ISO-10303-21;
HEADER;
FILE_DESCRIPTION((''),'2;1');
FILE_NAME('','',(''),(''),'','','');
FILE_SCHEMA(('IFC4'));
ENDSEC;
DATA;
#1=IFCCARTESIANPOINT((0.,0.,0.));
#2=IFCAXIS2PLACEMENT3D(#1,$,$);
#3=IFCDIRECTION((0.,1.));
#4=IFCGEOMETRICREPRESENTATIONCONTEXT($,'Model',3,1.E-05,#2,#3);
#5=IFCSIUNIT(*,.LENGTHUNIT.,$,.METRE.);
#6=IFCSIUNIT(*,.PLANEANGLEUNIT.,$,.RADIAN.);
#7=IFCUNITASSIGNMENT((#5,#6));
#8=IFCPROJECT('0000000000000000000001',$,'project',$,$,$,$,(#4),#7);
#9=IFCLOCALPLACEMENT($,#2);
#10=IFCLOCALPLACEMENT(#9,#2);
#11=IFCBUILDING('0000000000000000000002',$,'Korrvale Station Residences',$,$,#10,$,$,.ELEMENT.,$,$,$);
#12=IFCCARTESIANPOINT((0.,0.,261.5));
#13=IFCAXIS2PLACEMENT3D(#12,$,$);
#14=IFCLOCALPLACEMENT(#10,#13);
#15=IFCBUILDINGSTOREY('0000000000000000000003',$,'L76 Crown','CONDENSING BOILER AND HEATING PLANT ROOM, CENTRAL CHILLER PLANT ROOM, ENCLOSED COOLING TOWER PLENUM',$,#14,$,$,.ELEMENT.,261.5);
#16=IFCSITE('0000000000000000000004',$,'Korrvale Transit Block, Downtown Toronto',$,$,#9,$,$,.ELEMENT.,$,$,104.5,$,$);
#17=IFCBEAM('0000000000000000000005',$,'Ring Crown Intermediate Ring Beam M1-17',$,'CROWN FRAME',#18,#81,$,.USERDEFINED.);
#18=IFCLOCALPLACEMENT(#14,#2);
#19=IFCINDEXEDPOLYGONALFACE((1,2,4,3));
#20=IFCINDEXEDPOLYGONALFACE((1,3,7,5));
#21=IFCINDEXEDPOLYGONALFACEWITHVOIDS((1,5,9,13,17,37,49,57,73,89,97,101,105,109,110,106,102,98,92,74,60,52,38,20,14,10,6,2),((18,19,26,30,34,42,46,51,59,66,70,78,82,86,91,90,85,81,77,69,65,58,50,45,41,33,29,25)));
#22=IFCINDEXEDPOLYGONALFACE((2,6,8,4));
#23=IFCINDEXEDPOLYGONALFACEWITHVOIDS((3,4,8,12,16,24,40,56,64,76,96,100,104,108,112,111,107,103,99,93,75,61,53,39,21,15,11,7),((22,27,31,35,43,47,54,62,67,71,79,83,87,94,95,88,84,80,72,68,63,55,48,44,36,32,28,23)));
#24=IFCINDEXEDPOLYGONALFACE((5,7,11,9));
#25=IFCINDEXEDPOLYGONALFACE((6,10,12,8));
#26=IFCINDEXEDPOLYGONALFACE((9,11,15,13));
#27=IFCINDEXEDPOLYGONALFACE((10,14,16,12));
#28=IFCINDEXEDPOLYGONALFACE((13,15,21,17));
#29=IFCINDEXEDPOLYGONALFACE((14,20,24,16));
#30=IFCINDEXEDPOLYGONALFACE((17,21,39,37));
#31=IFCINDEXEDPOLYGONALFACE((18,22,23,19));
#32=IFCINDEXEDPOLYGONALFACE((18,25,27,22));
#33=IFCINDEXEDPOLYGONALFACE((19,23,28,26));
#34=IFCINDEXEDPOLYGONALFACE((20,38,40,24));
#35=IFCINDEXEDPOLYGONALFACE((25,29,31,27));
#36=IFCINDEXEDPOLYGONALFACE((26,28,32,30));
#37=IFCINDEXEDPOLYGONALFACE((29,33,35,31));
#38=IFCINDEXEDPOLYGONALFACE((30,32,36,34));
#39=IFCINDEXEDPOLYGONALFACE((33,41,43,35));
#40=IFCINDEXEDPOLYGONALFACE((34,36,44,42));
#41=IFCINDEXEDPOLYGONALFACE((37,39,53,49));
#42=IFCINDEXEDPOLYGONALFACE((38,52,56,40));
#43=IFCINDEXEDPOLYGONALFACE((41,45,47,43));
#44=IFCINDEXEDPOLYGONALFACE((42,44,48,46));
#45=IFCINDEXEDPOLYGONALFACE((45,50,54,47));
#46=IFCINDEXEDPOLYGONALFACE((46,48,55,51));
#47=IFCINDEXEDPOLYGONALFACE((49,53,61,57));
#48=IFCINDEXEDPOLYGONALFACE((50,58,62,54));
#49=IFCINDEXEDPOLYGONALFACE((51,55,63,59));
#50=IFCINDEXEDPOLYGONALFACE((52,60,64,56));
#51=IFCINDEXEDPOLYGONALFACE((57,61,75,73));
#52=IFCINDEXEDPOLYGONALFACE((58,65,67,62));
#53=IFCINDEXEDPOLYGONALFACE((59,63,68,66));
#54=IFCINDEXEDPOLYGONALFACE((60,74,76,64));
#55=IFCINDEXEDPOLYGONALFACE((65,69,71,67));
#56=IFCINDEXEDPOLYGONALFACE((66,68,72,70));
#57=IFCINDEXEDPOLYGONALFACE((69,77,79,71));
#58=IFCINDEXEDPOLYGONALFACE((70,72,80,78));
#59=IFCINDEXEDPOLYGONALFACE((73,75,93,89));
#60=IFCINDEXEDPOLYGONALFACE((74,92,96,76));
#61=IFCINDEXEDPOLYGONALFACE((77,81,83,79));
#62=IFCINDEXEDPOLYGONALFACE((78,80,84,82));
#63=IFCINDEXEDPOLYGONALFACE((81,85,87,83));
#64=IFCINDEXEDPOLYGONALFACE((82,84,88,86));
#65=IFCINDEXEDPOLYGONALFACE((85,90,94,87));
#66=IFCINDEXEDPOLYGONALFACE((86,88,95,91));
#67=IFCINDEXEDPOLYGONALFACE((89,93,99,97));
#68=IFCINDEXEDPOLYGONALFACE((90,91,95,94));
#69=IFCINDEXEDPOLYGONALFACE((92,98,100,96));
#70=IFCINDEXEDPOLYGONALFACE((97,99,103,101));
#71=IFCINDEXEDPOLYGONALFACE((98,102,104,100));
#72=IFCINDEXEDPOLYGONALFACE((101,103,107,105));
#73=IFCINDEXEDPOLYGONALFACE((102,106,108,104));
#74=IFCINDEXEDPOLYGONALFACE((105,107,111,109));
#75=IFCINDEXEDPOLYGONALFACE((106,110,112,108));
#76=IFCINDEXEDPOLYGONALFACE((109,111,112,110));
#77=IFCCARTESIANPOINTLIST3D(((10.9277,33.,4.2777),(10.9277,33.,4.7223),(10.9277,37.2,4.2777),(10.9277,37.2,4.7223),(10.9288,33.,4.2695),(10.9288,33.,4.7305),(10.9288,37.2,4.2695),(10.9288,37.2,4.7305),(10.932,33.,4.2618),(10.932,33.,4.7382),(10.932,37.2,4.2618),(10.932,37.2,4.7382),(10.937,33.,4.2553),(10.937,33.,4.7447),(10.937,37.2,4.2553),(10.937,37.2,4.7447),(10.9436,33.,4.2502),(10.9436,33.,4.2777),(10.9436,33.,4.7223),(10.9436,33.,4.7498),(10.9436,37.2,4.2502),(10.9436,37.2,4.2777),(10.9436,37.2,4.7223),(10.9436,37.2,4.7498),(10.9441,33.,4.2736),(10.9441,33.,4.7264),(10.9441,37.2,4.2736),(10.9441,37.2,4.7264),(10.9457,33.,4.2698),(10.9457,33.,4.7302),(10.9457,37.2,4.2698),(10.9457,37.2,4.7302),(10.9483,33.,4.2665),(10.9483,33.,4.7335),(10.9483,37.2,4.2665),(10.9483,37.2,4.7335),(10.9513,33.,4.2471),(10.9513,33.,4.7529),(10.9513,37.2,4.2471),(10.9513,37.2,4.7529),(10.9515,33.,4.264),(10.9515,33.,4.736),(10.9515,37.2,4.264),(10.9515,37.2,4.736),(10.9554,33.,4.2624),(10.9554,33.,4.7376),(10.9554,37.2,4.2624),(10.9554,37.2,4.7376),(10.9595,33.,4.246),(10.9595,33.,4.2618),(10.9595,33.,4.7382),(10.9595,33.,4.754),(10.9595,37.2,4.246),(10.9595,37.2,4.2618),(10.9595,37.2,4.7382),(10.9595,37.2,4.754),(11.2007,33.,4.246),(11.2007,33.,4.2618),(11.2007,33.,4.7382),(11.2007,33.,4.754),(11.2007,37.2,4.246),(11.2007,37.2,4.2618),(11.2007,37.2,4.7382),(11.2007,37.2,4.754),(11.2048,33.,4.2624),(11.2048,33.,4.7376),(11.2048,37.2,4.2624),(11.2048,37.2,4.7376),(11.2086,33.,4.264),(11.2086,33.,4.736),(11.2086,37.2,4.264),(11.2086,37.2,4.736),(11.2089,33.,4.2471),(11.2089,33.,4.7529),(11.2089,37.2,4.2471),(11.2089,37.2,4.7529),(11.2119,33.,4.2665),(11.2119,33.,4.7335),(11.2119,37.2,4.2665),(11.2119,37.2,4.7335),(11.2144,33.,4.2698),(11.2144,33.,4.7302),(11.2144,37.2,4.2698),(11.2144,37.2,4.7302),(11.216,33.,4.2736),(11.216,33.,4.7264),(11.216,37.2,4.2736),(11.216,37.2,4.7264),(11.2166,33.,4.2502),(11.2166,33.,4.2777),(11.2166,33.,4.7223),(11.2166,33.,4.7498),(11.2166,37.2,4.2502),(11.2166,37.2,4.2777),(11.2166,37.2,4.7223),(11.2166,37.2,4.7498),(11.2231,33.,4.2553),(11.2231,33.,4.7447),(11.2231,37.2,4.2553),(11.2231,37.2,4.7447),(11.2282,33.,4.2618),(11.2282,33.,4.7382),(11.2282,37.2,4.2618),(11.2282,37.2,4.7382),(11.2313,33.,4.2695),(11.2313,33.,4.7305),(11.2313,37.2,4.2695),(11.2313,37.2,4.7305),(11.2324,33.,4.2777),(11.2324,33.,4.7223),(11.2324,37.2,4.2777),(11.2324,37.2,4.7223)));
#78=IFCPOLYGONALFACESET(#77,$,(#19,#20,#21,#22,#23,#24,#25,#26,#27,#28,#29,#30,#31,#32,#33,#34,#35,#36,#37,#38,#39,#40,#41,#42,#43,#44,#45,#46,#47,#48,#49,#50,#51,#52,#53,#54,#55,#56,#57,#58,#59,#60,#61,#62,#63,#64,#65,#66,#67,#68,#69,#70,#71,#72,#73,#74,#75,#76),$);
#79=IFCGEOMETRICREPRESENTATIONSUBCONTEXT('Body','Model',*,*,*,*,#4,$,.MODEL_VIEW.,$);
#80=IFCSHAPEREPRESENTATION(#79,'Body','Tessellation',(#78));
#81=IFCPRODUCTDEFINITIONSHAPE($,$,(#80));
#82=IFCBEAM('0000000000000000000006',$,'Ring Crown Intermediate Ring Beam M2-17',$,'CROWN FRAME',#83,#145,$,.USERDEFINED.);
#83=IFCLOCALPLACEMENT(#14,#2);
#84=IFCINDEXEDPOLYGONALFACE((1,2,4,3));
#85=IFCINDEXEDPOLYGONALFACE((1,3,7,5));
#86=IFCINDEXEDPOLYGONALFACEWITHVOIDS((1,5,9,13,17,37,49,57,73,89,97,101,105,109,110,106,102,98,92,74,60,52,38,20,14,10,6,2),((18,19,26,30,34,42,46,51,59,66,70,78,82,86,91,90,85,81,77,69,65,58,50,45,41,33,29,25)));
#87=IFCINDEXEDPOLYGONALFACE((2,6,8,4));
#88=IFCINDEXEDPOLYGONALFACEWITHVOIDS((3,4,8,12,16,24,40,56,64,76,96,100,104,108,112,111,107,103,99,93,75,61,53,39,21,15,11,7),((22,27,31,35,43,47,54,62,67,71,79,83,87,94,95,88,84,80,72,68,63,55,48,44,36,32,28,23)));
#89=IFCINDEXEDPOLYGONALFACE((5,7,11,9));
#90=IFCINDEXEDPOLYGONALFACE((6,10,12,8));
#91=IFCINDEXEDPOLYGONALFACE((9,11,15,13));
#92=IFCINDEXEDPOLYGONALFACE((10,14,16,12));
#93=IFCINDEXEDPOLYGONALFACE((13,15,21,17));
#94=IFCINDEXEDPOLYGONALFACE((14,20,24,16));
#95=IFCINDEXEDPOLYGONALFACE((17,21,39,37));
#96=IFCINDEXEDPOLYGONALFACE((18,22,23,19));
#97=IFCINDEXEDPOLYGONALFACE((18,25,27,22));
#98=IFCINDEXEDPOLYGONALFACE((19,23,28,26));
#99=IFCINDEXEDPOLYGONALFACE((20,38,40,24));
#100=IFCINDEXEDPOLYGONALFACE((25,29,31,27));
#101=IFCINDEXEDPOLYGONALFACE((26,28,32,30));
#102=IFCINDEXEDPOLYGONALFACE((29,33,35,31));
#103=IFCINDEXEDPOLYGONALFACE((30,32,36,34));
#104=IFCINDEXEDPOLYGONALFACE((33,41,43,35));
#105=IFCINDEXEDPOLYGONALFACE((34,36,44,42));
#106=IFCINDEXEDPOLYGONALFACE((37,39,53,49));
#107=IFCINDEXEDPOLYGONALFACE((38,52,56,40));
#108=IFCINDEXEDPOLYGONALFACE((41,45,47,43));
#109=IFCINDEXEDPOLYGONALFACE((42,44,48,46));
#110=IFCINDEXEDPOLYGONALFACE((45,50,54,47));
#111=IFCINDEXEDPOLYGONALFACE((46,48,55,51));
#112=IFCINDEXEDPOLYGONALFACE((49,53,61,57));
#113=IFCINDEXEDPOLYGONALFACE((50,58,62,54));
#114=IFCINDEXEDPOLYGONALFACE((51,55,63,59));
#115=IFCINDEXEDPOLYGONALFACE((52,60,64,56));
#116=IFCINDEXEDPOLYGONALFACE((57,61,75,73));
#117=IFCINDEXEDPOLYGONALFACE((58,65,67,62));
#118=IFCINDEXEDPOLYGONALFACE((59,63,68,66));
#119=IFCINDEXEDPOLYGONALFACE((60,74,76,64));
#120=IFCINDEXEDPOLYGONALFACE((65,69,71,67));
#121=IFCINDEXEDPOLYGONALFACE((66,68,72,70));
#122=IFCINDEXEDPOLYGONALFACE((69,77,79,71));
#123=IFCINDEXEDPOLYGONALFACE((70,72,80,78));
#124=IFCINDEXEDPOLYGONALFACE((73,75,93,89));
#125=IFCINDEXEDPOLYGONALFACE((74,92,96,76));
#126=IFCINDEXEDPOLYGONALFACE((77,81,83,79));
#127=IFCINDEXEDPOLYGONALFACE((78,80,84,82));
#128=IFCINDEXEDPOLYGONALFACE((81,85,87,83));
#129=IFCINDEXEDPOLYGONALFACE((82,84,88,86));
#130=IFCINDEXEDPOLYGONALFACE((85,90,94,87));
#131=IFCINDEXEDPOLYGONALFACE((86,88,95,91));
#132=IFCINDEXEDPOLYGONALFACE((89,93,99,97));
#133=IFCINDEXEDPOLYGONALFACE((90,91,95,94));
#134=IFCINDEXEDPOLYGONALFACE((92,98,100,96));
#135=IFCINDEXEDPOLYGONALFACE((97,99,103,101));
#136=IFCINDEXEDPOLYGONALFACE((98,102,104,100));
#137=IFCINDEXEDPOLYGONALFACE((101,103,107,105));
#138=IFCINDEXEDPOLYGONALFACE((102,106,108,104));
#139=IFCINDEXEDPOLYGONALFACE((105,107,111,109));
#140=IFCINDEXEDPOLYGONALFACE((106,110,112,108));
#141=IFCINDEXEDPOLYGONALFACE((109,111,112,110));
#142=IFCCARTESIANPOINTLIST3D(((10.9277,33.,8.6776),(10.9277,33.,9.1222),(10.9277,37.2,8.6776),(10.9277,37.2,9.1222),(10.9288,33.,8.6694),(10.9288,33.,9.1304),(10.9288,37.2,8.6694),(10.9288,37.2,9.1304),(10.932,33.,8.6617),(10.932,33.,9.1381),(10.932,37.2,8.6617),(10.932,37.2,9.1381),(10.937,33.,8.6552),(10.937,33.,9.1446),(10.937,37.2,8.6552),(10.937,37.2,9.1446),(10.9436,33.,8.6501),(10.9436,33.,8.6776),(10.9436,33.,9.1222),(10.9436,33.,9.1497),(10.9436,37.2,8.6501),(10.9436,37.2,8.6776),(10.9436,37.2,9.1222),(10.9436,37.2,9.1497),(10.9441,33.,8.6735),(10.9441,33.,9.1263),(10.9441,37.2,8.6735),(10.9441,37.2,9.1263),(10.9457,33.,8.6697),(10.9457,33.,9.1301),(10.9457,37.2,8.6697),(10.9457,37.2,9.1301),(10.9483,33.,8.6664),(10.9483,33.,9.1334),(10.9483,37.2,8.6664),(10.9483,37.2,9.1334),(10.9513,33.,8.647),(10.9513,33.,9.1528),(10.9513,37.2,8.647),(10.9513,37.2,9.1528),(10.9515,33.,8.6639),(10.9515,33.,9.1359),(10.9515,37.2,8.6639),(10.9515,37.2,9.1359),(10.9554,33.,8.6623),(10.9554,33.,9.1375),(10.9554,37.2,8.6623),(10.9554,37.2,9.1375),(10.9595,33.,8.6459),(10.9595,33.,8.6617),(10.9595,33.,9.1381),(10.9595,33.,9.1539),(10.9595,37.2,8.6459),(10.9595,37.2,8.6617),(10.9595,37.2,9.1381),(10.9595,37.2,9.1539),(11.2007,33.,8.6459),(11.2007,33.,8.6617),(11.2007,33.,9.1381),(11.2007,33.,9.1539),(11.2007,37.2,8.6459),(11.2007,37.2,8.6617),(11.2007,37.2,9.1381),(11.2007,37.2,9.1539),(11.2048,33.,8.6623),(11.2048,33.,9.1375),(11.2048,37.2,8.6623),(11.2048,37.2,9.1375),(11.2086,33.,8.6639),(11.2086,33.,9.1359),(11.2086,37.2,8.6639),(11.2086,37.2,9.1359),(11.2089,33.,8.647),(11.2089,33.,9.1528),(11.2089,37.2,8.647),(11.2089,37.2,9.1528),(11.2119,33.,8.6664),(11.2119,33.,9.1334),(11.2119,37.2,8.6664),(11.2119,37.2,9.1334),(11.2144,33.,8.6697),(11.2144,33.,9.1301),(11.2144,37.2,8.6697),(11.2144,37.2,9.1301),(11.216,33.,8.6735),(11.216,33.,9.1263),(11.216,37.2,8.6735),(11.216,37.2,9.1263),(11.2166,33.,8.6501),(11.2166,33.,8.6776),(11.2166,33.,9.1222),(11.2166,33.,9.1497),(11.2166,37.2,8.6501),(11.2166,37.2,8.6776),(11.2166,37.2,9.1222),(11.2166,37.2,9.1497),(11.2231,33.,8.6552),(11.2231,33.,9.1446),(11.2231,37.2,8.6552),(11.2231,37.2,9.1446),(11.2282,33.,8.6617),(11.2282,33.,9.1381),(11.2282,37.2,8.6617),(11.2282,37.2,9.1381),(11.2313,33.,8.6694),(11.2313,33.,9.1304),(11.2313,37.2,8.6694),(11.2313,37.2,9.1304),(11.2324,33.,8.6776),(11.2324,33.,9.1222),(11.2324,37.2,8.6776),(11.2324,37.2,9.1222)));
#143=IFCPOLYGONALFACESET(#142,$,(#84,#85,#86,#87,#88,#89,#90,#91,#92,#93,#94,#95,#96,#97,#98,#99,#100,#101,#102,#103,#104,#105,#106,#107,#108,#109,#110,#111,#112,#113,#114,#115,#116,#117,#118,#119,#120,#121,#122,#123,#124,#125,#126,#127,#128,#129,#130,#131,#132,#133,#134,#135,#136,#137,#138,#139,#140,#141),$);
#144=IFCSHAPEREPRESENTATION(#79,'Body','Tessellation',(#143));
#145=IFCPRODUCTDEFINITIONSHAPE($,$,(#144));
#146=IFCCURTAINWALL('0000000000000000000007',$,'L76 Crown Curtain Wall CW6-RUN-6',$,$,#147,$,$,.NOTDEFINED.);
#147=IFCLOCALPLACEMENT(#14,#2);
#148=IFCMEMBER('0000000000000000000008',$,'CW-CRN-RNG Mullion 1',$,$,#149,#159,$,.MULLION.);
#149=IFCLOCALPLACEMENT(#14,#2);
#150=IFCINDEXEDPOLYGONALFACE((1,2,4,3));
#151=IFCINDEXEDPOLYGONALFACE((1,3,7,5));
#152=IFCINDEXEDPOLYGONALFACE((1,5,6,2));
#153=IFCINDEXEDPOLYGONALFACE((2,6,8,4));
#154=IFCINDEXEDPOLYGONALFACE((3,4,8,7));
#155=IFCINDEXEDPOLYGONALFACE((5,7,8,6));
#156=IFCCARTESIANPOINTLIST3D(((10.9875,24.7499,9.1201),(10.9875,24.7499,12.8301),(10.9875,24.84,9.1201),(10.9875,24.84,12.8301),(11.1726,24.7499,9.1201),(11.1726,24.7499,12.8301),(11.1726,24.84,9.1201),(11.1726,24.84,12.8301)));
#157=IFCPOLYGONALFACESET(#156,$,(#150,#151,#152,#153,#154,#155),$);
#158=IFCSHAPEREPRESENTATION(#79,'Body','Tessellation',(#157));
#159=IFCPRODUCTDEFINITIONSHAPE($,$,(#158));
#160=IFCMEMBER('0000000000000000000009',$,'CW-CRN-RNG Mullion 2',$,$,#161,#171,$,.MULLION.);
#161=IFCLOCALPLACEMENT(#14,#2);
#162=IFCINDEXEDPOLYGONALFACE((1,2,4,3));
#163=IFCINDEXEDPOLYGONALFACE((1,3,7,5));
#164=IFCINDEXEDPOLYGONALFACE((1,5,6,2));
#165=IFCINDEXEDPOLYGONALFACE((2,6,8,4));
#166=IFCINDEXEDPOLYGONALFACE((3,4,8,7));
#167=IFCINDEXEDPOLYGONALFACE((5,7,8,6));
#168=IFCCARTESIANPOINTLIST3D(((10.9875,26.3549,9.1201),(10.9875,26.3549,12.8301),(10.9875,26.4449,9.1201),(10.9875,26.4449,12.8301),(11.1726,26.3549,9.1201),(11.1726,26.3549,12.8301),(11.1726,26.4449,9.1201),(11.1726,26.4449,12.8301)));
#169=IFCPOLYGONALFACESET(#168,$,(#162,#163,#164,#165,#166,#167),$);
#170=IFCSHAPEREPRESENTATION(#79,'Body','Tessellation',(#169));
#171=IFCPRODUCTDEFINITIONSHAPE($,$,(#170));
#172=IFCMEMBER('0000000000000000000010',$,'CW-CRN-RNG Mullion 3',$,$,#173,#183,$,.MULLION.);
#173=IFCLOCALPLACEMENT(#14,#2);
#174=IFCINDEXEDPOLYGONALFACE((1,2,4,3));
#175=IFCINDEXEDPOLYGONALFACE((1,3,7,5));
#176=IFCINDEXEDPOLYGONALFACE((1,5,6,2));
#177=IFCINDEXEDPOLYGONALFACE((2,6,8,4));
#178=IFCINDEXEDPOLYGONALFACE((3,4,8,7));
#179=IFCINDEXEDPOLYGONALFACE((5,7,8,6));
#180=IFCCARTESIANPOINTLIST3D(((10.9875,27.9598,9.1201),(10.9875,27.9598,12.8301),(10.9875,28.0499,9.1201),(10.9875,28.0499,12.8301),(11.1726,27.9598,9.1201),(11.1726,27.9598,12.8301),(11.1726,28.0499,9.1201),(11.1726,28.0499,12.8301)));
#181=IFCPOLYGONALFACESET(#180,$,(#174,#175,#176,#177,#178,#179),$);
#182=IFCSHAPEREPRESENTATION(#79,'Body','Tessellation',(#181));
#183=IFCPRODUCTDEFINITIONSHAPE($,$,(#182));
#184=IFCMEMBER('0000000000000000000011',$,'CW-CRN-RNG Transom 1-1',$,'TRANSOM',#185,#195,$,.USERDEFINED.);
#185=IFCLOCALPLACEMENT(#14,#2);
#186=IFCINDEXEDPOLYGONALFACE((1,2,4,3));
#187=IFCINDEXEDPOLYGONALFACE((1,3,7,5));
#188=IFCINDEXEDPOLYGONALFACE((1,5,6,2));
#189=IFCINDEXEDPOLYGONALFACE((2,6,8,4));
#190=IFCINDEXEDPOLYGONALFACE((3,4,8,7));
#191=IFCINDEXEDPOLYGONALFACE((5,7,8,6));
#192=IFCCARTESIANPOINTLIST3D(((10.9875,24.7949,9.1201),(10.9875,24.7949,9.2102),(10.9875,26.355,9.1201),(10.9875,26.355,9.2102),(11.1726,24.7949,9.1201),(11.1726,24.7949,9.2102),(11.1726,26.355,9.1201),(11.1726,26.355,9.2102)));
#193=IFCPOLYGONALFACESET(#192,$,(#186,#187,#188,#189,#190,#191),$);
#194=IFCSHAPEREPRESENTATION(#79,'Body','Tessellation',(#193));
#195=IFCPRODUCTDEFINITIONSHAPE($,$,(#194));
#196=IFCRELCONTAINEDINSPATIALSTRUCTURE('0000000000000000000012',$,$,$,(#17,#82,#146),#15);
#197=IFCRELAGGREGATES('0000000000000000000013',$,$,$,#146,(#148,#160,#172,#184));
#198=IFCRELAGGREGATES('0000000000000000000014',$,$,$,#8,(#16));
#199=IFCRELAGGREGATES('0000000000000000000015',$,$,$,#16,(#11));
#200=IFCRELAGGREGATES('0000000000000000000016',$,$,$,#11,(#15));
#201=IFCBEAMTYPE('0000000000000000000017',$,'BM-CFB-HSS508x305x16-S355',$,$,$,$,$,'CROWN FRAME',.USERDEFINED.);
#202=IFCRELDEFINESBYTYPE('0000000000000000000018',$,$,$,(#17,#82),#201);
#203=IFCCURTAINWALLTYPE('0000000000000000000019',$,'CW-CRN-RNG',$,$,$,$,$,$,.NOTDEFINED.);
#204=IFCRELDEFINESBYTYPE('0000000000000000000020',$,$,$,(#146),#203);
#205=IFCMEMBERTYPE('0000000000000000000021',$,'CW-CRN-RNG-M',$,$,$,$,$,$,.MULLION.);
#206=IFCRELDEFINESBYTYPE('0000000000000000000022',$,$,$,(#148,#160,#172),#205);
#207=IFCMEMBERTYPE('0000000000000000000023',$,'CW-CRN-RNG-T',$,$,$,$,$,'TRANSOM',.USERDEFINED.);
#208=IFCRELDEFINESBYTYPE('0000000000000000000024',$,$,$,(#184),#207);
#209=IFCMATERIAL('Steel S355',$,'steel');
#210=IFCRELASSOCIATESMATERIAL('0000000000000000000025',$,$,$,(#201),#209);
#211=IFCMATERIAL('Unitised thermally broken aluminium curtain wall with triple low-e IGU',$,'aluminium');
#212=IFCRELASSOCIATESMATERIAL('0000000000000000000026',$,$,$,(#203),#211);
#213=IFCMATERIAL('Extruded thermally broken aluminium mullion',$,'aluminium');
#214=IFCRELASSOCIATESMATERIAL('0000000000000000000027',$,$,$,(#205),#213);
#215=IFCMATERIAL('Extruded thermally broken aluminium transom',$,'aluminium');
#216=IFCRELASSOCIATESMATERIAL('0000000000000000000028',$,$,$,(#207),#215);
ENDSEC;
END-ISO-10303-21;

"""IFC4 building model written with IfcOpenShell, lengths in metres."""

from ifc_helpers import new_model, si_unit, direction, frame, origin, origin_2d, place, context, subcontext, project, spatial, rectangle, hollow_rectangle, extrude, material, material_profile, profile_set, type_object, element, aggregate, save


model = new_model("IFC4")

# Units and contexts
model_context = context("Model", 3, precision=1e-05, world=origin(), true_north=direction((0.0, 1.0)))
body_context = subcontext(model_context, "Body", "Model", "MODEL_VIEW")
ifc_project = project(units=[si_unit("LENGTHUNIT", "METRE"), si_unit("PLANEANGLEUNIT", "RADIAN")], contexts=[model_context])

# Site, building, storey
site_placement = place(None, origin())
site = spatial("IfcSite", under=ifc_project, at=site_placement, Name="Korrvale Transit Block, Downtown Toronto", CompositionType="ELEMENT", RefElevation=104.5)
building_placement = place(site_placement, origin())
building = spatial("IfcBuilding", under=site, at=building_placement, Name="Korrvale Station Residences", CompositionType="ELEMENT")
storey_placement = place(building_placement, frame((0.0, 0.0, 261.5)))
storey = spatial("IfcBuildingStorey", under=building, at=storey_placement, Name="L76 Crown", Description="CONDENSING BOILER AND HEATING PLANT ROOM, CENTRAL CHILLER PLANT ROOM, ENCLOSED COOLING TOWER PLENUM", CompositionType="ELEMENT", Elevation=261.5)

# Beams
ifc_material_1 = material(Name="Steel S355", Category="steel")
ifc_material_profile_1 = material_profile(ifc_material_1, hollow_rectangle(XDim=0.3047, YDim=0.5081, WallThickness=0.0159, InnerFilletRadius=0.0159, OuterFilletRadius=0.0317, at=origin_2d()), Name="HSS508x305x16")
ifc_profile_set_1 = profile_set([ifc_material_profile_1], Name="Steel S355")
beam_type_1 = type_object("IfcBeamType", Name="BM-CFB-HSS508x305x16-S355", ElementType="CROWN FRAME", PredefinedType="USERDEFINED", material=ifc_profile_set_1)
for number, where, z_axis, x_axis, name in (
    (1, (11.0801, 33.0, 4.5), (0.0, 1.0, 0.0), (-1.0, 0.0, 0.0), "Ring Crown Intermediate Ring Beam M1-17"),
    (2, (11.0801, 33.0, 8.8999), (0.0, 1.0, 0.0), (-1.0, 0.0, 0.0), "Ring Crown Intermediate Ring Beam M2-17"),
):
    element("IfcBeam", number, at=place(storey_placement, frame(where, z_axis=z_axis, x_axis=x_axis)), inside=storey, type_object=beam_type_1, Name=name, ObjectType="CROWN FRAME", PredefinedType="USERDEFINED", context=body_context, shape_type="SweptSolid", body=[
        extrude(hollow_rectangle(XDim=0.3047, YDim=0.5081, WallThickness=0.0159, InnerFilletRadius=0.0159, OuterFilletRadius=0.0317, at=origin_2d()), origin(), (0.0, 0.0, 1.0), 4.2),
    ])

# Curtain wall, members
ifc_material_2 = material(Name="Unitised thermally broken aluminium curtain wall with triple low-e IGU", Category="aluminium")
curtain_wall_type = type_object("IfcCurtainWallType", Name="CW-CRN-RNG", PredefinedType="NOTDEFINED", material=ifc_material_2)
curtain_wall_placement = place(storey_placement, origin())
curtain_wall = element("IfcCurtainWall", 3, at=curtain_wall_placement, inside=storey, type_object=curtain_wall_type, Name="L76 Crown Curtain Wall CW6-RUN-6", PredefinedType="NOTDEFINED")
ifc_material_3 = material(Name="Extruded thermally broken aluminium mullion", Category="aluminium")
member_type_1 = type_object("IfcMemberType", Name="CW-CRN-RNG-M", PredefinedType="MULLION", material=ifc_material_3)
member_1_placement = place(storey_placement, frame((11.0801, 24.7949, 9.1201), z_axis=(0.0, 0.0, 1.0), x_axis=(0.0, 1.0, 0.0)))
member_1 = element("IfcMember", 4, at=member_1_placement, type_object=member_type_1, Name="CW-CRN-RNG Mullion 1", PredefinedType="MULLION", context=body_context, shape_type="SweptSolid", body=[
    extrude(rectangle(XDim=0.0901, YDim=0.1851, at=origin_2d()), origin(), (0.0, 0.0, 1.0), 3.71),
])
member_2_placement = place(storey_placement, frame((11.0801, 26.3999, 9.1201), z_axis=(0.0, 0.0, 1.0), x_axis=(0.0, 1.0, 0.0)))
member_2 = element("IfcMember", 5, at=member_2_placement, type_object=member_type_1, Name="CW-CRN-RNG Mullion 2", PredefinedType="MULLION", context=body_context, shape_type="SweptSolid", body=[
    extrude(rectangle(XDim=0.0901, YDim=0.1851, at=origin_2d()), origin(), (0.0, 0.0, 1.0), 3.71),
])
member_3_placement = place(storey_placement, frame((11.0801, 28.0049, 9.1201), z_axis=(0.0, 0.0, 1.0), x_axis=(0.0, 1.0, 0.0)))
member_3 = element("IfcMember", 6, at=member_3_placement, type_object=member_type_1, Name="CW-CRN-RNG Mullion 3", PredefinedType="MULLION", context=body_context, shape_type="SweptSolid", body=[
    extrude(rectangle(XDim=0.0901, YDim=0.1851, at=origin_2d()), origin(), (0.0, 0.0, 1.0), 3.71),
])
ifc_material_4 = material(Name="Extruded thermally broken aluminium transom", Category="aluminium")
member_type_2 = type_object("IfcMemberType", Name="CW-CRN-RNG-T", ElementType="TRANSOM", PredefinedType="USERDEFINED", material=ifc_material_4)
member_4_placement = place(storey_placement, frame((11.0801, 25.575, 9.1201), z_axis=(0.0, 0.0, 1.0), x_axis=(0.0, 1.0, 0.0)))
member_4 = element("IfcMember", 7, at=member_4_placement, type_object=member_type_2, Name="CW-CRN-RNG Transom 1-1", ObjectType="TRANSOM", PredefinedType="USERDEFINED", context=body_context, shape_type="SweptSolid", body=[
    extrude(rectangle(XDim=1.5601, YDim=0.1851, at=origin_2d()), origin(), (0.0, 0.0, 1.0), 0.0901),
])
aggregate(curtain_wall, [member_1, member_2, member_3, member_4])

save(model, "model.ifc")
